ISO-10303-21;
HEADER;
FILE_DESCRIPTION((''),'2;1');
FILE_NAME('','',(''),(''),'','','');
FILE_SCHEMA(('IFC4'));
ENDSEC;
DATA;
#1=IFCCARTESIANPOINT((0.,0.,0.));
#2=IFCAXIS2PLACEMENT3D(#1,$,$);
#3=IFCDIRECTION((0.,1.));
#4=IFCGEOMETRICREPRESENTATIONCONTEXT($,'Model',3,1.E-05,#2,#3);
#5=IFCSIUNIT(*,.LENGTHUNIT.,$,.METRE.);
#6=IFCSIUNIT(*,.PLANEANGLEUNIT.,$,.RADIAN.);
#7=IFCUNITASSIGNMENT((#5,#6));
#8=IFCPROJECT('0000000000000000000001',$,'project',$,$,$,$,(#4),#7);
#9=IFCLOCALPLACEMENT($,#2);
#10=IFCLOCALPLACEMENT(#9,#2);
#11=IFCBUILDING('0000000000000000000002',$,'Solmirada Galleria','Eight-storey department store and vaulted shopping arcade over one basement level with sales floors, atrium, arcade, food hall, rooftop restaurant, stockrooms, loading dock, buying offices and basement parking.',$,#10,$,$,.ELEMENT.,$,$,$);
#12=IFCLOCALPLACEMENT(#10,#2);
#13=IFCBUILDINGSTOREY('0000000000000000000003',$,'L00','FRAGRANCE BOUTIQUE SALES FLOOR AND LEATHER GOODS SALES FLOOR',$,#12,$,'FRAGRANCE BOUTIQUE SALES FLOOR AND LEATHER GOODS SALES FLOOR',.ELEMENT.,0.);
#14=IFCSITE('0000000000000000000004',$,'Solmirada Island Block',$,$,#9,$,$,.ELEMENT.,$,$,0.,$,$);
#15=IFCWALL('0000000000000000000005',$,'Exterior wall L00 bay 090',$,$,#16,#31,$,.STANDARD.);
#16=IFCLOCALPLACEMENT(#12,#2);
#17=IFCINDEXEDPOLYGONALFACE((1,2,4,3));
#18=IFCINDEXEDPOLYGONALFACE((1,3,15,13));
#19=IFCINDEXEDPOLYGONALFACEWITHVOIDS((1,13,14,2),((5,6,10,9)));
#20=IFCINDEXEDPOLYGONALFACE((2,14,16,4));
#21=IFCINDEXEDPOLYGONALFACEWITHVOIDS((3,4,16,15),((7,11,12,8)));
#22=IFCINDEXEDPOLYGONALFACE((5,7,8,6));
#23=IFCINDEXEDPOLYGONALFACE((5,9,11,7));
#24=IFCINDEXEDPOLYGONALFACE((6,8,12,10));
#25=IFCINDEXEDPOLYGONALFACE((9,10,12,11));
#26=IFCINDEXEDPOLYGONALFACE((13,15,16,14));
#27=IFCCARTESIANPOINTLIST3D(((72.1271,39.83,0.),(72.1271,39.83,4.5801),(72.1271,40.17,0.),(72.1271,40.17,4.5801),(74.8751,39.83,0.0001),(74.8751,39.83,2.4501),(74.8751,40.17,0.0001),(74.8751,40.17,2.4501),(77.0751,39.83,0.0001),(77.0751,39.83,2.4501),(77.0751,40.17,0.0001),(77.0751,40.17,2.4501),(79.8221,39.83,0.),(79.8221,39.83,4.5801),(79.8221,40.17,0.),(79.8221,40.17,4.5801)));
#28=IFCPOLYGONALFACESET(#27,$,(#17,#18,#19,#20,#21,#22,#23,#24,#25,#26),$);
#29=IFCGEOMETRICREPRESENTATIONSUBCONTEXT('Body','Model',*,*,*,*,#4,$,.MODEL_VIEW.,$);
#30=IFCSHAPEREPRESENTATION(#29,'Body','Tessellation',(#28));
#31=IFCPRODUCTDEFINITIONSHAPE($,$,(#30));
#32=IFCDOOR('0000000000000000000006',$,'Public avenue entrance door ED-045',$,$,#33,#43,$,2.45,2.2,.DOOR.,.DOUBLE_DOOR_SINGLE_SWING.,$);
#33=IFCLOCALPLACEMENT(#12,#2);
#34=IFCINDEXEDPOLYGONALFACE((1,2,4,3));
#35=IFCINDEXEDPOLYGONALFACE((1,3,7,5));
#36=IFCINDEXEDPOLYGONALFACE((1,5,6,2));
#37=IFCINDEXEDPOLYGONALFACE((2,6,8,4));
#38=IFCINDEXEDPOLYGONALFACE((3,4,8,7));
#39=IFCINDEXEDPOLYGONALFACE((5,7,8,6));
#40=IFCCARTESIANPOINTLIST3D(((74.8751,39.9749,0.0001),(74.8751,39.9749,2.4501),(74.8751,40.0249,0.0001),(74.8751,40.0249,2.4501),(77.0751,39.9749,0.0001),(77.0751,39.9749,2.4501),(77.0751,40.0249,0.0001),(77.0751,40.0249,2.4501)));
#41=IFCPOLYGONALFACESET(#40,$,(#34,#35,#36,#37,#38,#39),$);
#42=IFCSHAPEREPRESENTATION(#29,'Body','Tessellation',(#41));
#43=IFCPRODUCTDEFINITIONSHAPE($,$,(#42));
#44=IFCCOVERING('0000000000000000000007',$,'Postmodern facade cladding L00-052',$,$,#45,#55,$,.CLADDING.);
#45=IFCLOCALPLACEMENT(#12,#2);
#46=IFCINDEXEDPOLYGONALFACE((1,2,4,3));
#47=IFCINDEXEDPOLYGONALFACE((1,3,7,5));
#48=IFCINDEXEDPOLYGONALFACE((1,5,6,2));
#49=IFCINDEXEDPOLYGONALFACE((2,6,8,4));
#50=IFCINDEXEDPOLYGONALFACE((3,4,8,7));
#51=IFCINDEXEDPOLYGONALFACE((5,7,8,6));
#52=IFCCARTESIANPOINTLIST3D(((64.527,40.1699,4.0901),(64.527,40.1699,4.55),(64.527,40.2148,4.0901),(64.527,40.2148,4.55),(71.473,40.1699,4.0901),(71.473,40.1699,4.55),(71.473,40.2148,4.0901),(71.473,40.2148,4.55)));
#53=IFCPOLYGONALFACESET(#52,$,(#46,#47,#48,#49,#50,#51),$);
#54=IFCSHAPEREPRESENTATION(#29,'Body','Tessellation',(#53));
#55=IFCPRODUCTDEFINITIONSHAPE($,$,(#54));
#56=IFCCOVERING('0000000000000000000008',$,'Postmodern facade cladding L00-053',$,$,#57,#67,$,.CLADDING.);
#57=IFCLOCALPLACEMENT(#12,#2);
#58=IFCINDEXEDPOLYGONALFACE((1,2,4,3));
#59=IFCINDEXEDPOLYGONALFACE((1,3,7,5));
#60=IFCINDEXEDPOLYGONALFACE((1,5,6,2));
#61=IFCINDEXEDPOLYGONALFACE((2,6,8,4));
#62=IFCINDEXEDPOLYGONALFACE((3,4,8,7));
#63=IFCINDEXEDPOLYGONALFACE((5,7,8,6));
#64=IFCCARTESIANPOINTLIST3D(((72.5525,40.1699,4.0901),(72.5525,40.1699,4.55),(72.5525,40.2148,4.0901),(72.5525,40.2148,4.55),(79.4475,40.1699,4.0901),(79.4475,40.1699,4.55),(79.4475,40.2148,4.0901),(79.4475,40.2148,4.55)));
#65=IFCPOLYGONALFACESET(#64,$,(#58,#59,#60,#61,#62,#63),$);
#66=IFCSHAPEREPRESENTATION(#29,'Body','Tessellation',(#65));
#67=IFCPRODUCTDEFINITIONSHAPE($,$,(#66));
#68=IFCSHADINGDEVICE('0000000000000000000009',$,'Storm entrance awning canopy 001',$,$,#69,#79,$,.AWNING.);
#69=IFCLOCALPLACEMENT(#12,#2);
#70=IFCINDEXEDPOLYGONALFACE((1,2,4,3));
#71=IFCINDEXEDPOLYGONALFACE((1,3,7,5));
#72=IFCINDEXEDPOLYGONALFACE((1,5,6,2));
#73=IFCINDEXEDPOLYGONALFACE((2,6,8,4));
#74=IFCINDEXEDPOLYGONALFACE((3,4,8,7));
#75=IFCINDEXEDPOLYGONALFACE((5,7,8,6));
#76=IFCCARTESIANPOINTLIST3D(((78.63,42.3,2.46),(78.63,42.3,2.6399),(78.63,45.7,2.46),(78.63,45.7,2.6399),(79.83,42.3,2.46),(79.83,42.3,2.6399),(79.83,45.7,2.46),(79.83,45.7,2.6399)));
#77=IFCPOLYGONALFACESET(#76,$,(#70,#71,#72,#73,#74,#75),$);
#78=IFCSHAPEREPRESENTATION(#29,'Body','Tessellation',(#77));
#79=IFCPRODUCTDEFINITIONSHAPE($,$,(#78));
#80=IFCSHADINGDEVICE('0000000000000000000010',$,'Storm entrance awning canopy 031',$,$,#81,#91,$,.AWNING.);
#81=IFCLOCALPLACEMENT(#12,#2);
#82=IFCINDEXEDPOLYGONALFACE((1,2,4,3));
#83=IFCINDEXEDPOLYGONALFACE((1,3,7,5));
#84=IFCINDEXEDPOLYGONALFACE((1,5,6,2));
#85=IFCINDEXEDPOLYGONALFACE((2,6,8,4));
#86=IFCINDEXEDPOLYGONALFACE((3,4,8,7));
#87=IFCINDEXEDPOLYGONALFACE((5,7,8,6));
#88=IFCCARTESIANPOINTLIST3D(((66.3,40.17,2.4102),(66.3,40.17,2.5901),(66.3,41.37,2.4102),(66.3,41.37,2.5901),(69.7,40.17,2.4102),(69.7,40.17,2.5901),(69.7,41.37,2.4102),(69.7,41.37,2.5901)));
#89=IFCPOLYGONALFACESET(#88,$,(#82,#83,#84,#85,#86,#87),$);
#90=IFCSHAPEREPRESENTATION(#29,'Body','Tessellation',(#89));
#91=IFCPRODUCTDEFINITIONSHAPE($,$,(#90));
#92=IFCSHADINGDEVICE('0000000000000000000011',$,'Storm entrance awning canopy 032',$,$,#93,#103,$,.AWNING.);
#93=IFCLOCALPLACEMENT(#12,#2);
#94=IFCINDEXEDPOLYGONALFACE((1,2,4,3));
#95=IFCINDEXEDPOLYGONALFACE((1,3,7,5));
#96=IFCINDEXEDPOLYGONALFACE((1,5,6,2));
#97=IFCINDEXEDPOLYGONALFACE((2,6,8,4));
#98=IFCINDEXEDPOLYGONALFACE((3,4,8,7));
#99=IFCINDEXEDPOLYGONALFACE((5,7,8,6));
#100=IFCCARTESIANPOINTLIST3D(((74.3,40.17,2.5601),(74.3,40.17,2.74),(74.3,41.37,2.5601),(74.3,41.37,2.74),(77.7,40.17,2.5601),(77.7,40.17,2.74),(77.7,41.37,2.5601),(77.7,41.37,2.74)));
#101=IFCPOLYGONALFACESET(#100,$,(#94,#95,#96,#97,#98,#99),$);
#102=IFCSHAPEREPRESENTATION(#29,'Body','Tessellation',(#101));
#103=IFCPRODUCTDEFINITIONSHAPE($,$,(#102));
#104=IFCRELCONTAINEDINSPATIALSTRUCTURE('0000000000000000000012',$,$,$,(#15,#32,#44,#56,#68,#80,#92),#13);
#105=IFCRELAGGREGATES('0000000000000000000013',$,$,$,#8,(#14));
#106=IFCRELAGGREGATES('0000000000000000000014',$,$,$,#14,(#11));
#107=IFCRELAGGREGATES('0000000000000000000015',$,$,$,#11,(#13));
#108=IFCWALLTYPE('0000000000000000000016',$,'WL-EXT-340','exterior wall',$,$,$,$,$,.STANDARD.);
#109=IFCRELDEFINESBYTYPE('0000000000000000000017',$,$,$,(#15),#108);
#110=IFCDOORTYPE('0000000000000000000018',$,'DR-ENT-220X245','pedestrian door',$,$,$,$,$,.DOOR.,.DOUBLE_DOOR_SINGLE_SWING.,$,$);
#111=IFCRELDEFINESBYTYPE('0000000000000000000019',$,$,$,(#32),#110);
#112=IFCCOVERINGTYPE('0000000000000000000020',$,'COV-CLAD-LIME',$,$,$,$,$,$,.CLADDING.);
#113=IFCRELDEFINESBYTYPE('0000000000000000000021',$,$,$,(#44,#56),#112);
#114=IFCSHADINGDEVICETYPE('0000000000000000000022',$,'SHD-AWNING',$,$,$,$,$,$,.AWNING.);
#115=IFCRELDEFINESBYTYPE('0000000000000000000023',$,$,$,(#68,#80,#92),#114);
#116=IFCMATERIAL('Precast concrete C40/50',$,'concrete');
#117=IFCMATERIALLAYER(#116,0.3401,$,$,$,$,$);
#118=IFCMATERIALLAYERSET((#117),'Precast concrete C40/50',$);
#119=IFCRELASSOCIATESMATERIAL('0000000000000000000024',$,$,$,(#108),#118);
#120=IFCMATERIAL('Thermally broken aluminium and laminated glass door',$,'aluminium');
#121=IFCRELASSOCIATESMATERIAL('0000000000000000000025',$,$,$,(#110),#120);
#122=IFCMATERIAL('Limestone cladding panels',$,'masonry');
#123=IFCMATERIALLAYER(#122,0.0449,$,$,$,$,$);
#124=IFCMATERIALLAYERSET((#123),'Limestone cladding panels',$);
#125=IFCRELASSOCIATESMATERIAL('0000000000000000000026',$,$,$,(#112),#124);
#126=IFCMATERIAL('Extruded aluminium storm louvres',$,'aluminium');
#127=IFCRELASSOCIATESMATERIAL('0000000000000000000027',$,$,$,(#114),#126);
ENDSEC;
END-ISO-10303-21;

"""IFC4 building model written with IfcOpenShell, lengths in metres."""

from ifc_helpers import new_model, si_unit, direction, frame, frame_2d, origin, origin_2d, place, context, subcontext, project, spatial, rectangle, extrude, material, layer, layer_set, type_object, element, fill, save


model = new_model("IFC4")

# Units and contexts
model_context = context("Model", 3, precision=1e-05, world=origin(), true_north=direction((0.0, 1.0)))
body_context = subcontext(model_context, "Body", "Model", "MODEL_VIEW")
ifc_project = project(units=[si_unit("LENGTHUNIT", "METRE"), si_unit("PLANEANGLEUNIT", "RADIAN")], contexts=[model_context])

# Site, building, storey
site_placement = place(None, origin())
site = spatial("IfcSite", under=ifc_project, at=site_placement, Name="Solmirada Island Block", CompositionType="ELEMENT", RefElevation=0.0)
building_placement = place(site_placement, origin())
building = spatial("IfcBuilding", under=site, at=building_placement, Name="Solmirada Galleria", Description="Eight-storey department store and vaulted shopping arcade over one basement level with sales floors, atrium, arcade, food hall, rooftop restaurant, stockrooms, loading dock, buying offices and basement parking.", CompositionType="ELEMENT")
storey_placement = place(building_placement, origin())
storey = spatial("IfcBuildingStorey", under=building, at=storey_placement, Name="L00", Description="FRAGRANCE BOUTIQUE SALES FLOOR AND LEATHER GOODS SALES FLOOR", LongName="FRAGRANCE BOUTIQUE SALES FLOOR AND LEATHER GOODS SALES FLOOR", CompositionType="ELEMENT", Elevation=0.0)

# Wall, opening, door
ifc_material_1 = material(Name="Precast concrete C40/50", Category="concrete")
ifc_layer_1 = layer(ifc_material_1, 0.3401)
ifc_layer_set_1 = layer_set([ifc_layer_1], Name="Precast concrete C40/50")
wall_type = type_object("IfcWallType", Name="WL-EXT-340", Description="exterior wall", PredefinedType="STANDARD", material=ifc_layer_set_1)
ifc_material_2 = material(Name="Thermally broken aluminium and laminated glass door", Category="aluminium")
wall_1_placement = place(storey_placement, frame((72.127, 40.0, 0.0), z_axis=(0.0, 0.0, 1.0), x_axis=(1.0, 0.0, 0.0)))
wall_1 = element("IfcWall", 1, at=wall_1_placement, inside=storey, type_object=wall_type, Name="Exterior wall L00 bay 090", PredefinedType="STANDARD", context=body_context, shape_type="SweptSolid", body=[
    extrude(rectangle(XDim=7.6951, YDim=0.3401, at=frame_2d((3.8477, 0.0))), origin(), (0.0, 0.0, 1.0), 4.5801),
])
opening_1_placement = place(wall_1_placement, frame((2.748, 0.0, 0.0)))
opening_1 = element("IfcOpeningElement", 2, at=opening_1_placement, cuts=wall_1, PredefinedType="OPENING", context=body_context, shape_type="SweptSolid", body=[
    extrude(rectangle(XDim=2.2, YDim=2.45, at=frame_2d((1.1001, 1.2251))), frame((0.0, 0.1799, 0.0), z_axis=(0.0, -1.0, 0.0), x_axis=(1.0, 0.0, 0.0)), (0.0, 0.0, 1.0), 0.3601),
])
door_type_1 = type_object("IfcDoorType", Name="DR-ENT-220X245", Description="pedestrian door", OperationType="DOUBLE_DOOR_SINGLE_SWING", PredefinedType="DOOR", material=ifc_material_2)
door_1_placement = place(opening_1_placement, origin())
door_1 = element("IfcDoor", 3, at=door_1_placement, inside=storey, type_object=door_type_1, Name="Public avenue entrance door ED-045", OperationType="DOUBLE_DOOR_SINGLE_SWING", OverallHeight=2.45, OverallWidth=2.2, PredefinedType="DOOR", context=body_context, shape_type="SweptSolid", body=[
    extrude(rectangle(XDim=2.2, YDim=2.45, at=frame_2d((1.1001, 1.2251))), frame((0.0, 0.0249, 0.0), z_axis=(0.0, -1.0, 0.0), x_axis=(1.0, 0.0, 0.0)), (0.0, 0.0, 1.0), 0.05),
])
fill(opening_1, door_1)

# Coverings
ifc_material_3 = material(Name="Limestone cladding panels", Category="masonry")
ifc_layer_2 = layer(ifc_material_3, 0.0449)
ifc_layer_set_2 = layer_set([ifc_layer_2], Name="Limestone cladding panels")
covering_type = type_object("IfcCoveringType", Name="COV-CLAD-LIME", PredefinedType="CLADDING", material=ifc_layer_set_2)
covering_1_placement = place(storey_placement, frame((68.0, 40.1924, 4.0901), z_axis=(0.0, 0.0, 1.0), x_axis=(1.0, 0.0, 0.0)))
element("IfcCovering", 4, at=covering_1_placement, inside=storey, type_object=covering_type, Name="Postmodern facade cladding L00-052", PredefinedType="CLADDING", context=body_context, shape_type="SweptSolid", body=[
    extrude(rectangle(XDim=6.946, YDim=0.0449, at=origin_2d()), origin(), (0.0, 0.0, 1.0), 0.46),
])
covering_2_placement = place(storey_placement, frame((76.0, 40.1924, 4.0901), z_axis=(0.0, 0.0, 1.0), x_axis=(1.0, 0.0, 0.0)))
element("IfcCovering", 5, at=covering_2_placement, inside=storey, type_object=covering_type, Name="Postmodern facade cladding L00-053", PredefinedType="CLADDING", context=body_context, shape_type="SweptSolid", body=[
    extrude(rectangle(XDim=6.895, YDim=0.0449, at=origin_2d()), origin(), (0.0, 0.0, 1.0), 0.46),
])

# Shading devices
ifc_material_4 = material(Name="Extruded aluminium storm louvres", Category="aluminium")
shading_device_type = type_object("IfcShadingDeviceType", Name="SHD-AWNING", PredefinedType="AWNING", material=ifc_material_4)
for number, where, z_axis, x_axis, name in (
    (6, (79.23, 44.0, 2.46), (0.0, 0.0, 1.0), (0.0, 1.0, 0.0), "Storm entrance awning canopy 001"),
    (7, (68.0, 40.77, 2.4102), (0.0, 0.0, 1.0), (1.0, 0.0, 0.0), "Storm entrance awning canopy 031"),
    (8, (76.0, 40.77, 2.5601), (0.0, 0.0, 1.0), (1.0, 0.0, 0.0), "Storm entrance awning canopy 032"),
):
    element("IfcShadingDevice", number, at=place(storey_placement, frame(where, z_axis=z_axis, x_axis=x_axis)), inside=storey, type_object=shading_device_type, Name=name, PredefinedType="AWNING", context=body_context, shape_type="SweptSolid", body=[
        extrude(rectangle(XDim=3.3999, YDim=1.2, at=origin_2d()), origin(), (0.0, 0.0, 1.0), 0.1799),
    ])

save(model, "model.ifc")
